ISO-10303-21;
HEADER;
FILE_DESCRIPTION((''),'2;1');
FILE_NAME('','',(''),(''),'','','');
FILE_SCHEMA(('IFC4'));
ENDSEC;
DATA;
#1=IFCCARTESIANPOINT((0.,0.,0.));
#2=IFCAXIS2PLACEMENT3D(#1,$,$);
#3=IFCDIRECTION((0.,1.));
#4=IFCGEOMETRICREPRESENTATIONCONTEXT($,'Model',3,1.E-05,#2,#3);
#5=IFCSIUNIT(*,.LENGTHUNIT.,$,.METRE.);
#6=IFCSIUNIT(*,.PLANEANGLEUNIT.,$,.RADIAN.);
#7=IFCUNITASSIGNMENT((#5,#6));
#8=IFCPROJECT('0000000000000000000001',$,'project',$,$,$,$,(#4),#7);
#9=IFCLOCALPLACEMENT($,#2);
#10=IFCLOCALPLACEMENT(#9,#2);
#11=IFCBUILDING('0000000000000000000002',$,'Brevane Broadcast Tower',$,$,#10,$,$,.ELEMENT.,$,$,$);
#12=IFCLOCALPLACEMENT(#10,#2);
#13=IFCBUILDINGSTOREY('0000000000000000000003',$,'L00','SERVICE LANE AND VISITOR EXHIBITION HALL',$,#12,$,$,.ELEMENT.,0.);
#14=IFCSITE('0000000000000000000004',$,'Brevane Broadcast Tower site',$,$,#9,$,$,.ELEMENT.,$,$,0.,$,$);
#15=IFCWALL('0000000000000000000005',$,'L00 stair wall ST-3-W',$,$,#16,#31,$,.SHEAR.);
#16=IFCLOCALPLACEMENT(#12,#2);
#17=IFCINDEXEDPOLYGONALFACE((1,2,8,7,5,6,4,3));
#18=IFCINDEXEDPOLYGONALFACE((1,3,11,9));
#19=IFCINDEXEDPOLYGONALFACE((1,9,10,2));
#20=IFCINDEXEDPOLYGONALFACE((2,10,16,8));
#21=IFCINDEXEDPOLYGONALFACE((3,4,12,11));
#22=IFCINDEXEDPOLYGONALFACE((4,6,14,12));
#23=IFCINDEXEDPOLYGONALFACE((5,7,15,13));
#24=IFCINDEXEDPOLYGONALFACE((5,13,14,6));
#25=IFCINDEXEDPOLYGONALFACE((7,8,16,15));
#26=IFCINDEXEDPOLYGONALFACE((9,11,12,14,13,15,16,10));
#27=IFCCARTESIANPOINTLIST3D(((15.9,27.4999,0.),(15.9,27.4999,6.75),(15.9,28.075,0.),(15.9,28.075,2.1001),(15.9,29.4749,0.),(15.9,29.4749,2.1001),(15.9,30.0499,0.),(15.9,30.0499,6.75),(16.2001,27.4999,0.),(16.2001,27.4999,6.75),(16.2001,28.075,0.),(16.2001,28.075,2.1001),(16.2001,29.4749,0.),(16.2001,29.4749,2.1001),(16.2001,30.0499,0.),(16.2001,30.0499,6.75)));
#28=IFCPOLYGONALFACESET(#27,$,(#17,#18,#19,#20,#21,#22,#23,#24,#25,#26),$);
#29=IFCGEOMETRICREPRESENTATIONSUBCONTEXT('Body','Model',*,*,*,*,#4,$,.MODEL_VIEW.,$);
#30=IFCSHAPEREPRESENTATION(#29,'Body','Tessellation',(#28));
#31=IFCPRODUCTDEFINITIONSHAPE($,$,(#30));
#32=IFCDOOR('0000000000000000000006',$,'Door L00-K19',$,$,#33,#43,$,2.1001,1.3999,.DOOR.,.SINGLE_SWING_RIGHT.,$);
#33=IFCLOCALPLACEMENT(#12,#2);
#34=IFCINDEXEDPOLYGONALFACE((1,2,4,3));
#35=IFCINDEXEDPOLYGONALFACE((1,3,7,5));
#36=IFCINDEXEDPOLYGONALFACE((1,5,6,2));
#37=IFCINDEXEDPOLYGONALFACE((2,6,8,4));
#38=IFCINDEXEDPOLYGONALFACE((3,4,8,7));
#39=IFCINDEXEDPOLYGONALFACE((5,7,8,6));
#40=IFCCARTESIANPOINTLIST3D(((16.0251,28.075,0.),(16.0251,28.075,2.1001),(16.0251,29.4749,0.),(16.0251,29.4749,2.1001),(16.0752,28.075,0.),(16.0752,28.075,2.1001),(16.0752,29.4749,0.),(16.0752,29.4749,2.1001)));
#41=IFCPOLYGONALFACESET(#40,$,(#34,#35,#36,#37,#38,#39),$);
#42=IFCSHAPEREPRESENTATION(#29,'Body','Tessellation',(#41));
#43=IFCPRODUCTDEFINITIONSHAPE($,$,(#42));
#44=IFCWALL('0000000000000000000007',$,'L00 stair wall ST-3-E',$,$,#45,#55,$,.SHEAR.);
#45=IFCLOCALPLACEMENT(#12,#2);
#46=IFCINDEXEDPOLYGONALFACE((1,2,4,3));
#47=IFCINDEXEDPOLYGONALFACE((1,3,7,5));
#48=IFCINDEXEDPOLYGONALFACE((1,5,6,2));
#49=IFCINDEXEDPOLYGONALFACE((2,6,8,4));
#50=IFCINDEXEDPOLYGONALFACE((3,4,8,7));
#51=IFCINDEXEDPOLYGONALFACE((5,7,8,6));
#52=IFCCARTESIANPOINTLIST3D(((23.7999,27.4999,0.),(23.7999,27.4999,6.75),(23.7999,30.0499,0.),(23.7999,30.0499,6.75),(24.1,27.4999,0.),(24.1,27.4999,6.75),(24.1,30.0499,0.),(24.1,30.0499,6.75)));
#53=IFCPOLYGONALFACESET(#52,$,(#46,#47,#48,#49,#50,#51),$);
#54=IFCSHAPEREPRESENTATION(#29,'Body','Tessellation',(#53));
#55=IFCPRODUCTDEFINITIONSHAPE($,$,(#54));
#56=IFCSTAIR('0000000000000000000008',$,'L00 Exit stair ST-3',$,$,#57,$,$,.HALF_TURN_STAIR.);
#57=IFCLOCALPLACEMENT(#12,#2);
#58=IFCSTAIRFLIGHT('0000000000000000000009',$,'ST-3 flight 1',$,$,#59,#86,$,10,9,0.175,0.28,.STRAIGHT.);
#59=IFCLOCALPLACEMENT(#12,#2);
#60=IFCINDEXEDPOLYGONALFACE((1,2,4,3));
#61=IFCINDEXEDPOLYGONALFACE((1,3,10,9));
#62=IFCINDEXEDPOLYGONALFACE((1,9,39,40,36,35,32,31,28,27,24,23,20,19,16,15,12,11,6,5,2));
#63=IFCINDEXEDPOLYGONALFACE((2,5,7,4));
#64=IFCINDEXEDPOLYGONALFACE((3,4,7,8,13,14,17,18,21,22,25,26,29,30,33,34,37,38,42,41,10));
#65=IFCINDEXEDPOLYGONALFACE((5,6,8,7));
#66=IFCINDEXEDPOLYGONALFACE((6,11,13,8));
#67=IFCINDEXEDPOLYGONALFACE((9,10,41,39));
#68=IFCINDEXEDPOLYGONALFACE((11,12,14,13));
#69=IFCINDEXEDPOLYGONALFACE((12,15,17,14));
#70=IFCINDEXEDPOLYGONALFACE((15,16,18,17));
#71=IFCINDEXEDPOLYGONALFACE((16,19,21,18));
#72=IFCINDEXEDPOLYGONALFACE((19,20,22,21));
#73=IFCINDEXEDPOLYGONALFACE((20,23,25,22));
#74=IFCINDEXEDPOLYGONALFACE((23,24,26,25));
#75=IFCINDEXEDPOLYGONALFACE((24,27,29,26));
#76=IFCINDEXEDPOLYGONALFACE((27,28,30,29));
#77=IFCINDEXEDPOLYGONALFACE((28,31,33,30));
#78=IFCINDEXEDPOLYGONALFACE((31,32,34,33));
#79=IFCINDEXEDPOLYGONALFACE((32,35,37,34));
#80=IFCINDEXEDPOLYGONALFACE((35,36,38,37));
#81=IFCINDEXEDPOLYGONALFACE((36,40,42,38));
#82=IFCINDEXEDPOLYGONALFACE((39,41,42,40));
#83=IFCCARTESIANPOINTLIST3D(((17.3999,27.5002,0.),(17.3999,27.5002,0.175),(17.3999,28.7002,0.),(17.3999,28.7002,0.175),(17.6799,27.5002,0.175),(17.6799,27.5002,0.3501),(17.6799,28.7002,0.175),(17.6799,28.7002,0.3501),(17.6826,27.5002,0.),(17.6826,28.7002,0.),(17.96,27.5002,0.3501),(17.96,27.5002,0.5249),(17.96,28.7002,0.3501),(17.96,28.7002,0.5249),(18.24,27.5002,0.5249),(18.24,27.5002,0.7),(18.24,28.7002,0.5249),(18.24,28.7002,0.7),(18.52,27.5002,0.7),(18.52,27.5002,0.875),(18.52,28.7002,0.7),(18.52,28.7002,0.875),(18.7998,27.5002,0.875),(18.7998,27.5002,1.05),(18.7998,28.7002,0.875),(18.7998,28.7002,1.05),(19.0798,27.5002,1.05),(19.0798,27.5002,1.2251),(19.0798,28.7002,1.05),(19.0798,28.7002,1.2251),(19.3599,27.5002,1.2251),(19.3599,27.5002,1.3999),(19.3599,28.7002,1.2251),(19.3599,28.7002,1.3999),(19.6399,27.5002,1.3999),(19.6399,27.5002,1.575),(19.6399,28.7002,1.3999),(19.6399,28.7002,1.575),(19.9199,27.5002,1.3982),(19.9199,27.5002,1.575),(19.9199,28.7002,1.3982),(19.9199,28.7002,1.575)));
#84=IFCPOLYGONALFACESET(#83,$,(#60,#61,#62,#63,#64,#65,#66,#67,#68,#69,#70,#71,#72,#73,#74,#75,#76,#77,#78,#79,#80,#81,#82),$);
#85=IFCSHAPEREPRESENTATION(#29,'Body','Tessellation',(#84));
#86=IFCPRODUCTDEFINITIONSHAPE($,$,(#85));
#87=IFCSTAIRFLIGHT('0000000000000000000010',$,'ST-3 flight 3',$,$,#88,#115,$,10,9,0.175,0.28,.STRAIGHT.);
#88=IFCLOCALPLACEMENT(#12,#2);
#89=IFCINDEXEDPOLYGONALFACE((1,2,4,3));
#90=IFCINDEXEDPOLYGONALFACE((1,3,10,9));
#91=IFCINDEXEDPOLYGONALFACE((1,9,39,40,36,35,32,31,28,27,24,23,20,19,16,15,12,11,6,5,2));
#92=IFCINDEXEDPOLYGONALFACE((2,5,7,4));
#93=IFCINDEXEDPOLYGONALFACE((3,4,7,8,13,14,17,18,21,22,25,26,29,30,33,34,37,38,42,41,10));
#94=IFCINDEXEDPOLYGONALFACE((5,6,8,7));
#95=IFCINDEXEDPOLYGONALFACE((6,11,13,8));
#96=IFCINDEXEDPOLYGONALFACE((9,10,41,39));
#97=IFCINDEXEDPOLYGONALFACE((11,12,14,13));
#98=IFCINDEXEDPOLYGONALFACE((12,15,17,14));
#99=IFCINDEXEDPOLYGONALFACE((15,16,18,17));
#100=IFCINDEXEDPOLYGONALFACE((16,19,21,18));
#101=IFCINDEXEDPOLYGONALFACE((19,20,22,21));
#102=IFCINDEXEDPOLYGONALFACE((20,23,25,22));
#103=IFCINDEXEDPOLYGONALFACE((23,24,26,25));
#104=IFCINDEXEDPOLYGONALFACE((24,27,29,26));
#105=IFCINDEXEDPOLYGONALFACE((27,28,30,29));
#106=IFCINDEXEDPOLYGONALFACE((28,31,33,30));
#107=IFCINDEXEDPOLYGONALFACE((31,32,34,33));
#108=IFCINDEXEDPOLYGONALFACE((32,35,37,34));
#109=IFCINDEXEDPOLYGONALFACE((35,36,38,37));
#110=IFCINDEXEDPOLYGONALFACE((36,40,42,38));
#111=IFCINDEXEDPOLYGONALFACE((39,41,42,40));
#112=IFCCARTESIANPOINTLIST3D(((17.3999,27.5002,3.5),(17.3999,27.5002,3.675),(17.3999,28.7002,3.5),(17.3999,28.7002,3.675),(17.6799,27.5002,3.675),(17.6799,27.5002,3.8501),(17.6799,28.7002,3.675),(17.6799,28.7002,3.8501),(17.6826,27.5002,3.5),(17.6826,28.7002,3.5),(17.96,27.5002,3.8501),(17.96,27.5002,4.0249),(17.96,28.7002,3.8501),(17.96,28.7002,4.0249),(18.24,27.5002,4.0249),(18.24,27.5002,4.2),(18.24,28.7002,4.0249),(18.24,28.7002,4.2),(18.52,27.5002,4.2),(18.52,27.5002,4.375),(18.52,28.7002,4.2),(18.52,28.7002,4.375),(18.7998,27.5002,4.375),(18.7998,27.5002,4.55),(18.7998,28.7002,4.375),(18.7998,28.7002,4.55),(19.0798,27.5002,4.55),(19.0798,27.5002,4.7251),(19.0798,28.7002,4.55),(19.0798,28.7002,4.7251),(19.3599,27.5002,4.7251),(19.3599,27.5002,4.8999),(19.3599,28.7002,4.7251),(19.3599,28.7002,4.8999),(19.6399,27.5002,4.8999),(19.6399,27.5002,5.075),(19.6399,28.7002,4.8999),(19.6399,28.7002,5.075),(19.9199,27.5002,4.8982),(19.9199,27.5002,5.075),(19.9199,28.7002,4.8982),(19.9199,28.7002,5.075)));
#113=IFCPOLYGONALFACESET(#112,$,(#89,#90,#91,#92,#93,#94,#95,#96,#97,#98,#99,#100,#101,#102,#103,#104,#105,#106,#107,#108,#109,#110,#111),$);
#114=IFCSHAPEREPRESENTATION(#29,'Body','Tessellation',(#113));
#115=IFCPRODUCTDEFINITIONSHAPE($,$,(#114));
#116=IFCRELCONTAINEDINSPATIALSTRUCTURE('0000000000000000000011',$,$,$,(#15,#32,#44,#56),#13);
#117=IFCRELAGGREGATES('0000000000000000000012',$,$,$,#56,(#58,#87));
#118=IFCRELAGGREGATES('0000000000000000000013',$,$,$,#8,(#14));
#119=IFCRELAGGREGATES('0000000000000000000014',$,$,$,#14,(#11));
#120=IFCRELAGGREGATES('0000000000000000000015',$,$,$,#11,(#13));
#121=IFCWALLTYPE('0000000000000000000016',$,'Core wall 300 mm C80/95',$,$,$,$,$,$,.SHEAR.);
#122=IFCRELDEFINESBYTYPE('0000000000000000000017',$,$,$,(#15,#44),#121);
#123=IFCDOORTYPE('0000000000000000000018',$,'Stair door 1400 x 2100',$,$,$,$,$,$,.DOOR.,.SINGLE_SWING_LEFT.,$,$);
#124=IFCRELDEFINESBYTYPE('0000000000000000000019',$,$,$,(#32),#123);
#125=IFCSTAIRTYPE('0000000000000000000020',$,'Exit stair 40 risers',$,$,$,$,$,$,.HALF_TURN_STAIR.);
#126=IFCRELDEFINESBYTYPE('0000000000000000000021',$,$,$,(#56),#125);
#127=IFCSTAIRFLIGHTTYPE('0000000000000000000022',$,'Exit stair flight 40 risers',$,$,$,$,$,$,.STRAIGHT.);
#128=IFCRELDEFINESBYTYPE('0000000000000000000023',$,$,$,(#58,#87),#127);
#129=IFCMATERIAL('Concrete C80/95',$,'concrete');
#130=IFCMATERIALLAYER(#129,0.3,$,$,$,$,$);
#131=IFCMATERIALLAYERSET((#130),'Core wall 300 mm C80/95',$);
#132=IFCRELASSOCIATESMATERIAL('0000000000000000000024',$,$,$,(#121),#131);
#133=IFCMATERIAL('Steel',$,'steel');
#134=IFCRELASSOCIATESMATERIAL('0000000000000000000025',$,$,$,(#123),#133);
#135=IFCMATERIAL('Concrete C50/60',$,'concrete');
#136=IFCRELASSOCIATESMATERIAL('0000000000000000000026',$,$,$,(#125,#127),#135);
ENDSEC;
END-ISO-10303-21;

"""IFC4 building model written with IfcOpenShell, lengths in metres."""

from ifc_helpers import new_model, si_unit, direction, frame, frame_2d, origin, place, context, subcontext, project, spatial, polyline, rectangle, outline, extrude, material, layer, layer_set, type_object, element, fill, aggregate, save


model = new_model("IFC4")

# Units and contexts
model_context = context("Model", 3, precision=1e-05, world=origin(), true_north=direction((0.0, 1.0)))
body_context = subcontext(model_context, "Body", "Model", "MODEL_VIEW")
ifc_project = project(units=[si_unit("LENGTHUNIT", "METRE"), si_unit("PLANEANGLEUNIT", "RADIAN")], contexts=[model_context])

# Site, building, storey
site_placement = place(None, origin())
site = spatial("IfcSite", under=ifc_project, at=site_placement, Name="Brevane Broadcast Tower site", CompositionType="ELEMENT", RefElevation=0.0)
building_placement = place(site_placement, origin())
building = spatial("IfcBuilding", under=site, at=building_placement, Name="Brevane Broadcast Tower", CompositionType="ELEMENT")
storey_placement = place(building_placement, origin())
storey = spatial("IfcBuildingStorey", under=building, at=storey_placement, Name="L00", Description="SERVICE LANE AND VISITOR EXHIBITION HALL", CompositionType="ELEMENT", Elevation=0.0)

# Shared definitions
ifc_material_1 = material(Name="Concrete C80/95", Category="concrete")

# Shared definitions
ifc_material_2 = material(Name="Steel", Category="steel")

# Shared definitions
ifc_layer_1 = layer(ifc_material_1, 0.3)
ifc_layer_set_1 = layer_set([ifc_layer_1], Name="Core wall 300 mm C80/95")
wall_type_1 = type_object("IfcWallType", Name="Core wall 300 mm C80/95", PredefinedType="SHEAR", material=ifc_layer_set_1)

# Wall, opening, door
wall_1_placement = place(storey_placement, frame((16.05, 27.5, 0.0), z_axis=(0.0, 0.0, 1.0), x_axis=(0.0, 1.0, 0.0)))
wall_1 = element("IfcWall", 1, at=wall_1_placement, inside=storey, type_object=wall_type_1, Name="L00 stair wall ST-3-W", PredefinedType="SHEAR", context=body_context, shape_type="SweptSolid", body=[
    extrude(rectangle(XDim=2.55, YDim=0.3, at=frame_2d((1.2749, 0.0))), origin(), (0.0, 0.0, 1.0), 6.75),
])
opening_1_placement = place(wall_1_placement, frame((0.575, 0.0, 0.0)))
opening_1 = element("IfcOpeningElement", 2, at=opening_1_placement, cuts=wall_1, PredefinedType="OPENING", context=body_context, shape_type="SweptSolid", body=[
    extrude(rectangle(XDim=1.3999, YDim=2.1001, at=frame_2d((0.7, 1.05))), frame((0.0, 0.1599, 0.0), z_axis=(0.0, -1.0, 0.0), x_axis=(1.0, 0.0, 0.0)), (0.0, 0.0, 1.0), 0.3201),
])
door_type_1 = type_object("IfcDoorType", Name="Stair door 1400 x 2100", OperationType="SINGLE_SWING_LEFT", PredefinedType="DOOR", material=ifc_material_2)
door_1_placement = place(opening_1_placement, origin())
door_1 = element("IfcDoor", 3, at=door_1_placement, inside=storey, type_object=door_type_1, Name="Door L00-K19", OperationType="SINGLE_SWING_RIGHT", OverallHeight=2.1001, OverallWidth=1.3999, PredefinedType="DOOR", context=body_context, shape_type="SweptSolid", body=[
    extrude(rectangle(XDim=1.3999, YDim=2.1001, at=frame_2d((0.7, 1.05))), frame((0.0, 0.0249, 0.0), z_axis=(0.0, -1.0, 0.0), x_axis=(1.0, 0.0, 0.0)), (0.0, 0.0, 1.0), 0.05),
])
fill(opening_1, door_1)

# Wall
wall_2_placement = place(storey_placement, frame((23.95, 27.5, 0.0), z_axis=(0.0, 0.0, 1.0), x_axis=(0.0, 1.0, 0.0)))
element("IfcWall", 4, at=wall_2_placement, inside=storey, type_object=wall_type_1, Name="L00 stair wall ST-3-E", PredefinedType="SHEAR", context=body_context, shape_type="SweptSolid", body=[
    extrude(rectangle(XDim=2.55, YDim=0.3, at=frame_2d((1.2749, 0.0))), origin(), (0.0, 0.0, 1.0), 6.75),
])

# Stair, stair flights
ifc_material_3 = material(Name="Concrete C50/60", Category="concrete")
stair_type = type_object("IfcStairType", Name="Exit stair 40 risers", PredefinedType="HALF_TURN_STAIR", material=ifc_material_3)
stair_placement = place(storey_placement, origin())
stair = element("IfcStair", 5, at=stair_placement, inside=storey, type_object=stair_type, Name="L00 Exit stair ST-3", PredefinedType="HALF_TURN_STAIR")
stair_flight_type = type_object("IfcStairFlightType", Name="Exit stair flight 40 risers", PredefinedType="STRAIGHT", material=ifc_material_3)
stair_flight_1_placement = place(storey_placement, frame((17.3999, 28.1001, 0.0), z_axis=(0.0, 0.0, 1.0), x_axis=(1.0, 0.0, 0.0)))
stair_flight_1 = element("IfcStairFlight", 6, at=stair_flight_1_placement, type_object=stair_flight_type, Name="ST-3 flight 1", NumberOfRisers=10, NumberOfTreads=9, PredefinedType="STRAIGHT", RiserHeight=0.175, TreadLength=0.28, context=body_context, shape_type="SweptSolid", body=[
    extrude(outline(polyline([(0.0, 0.0), (0.0, 0.175), (0.28, 0.175), (0.28, 0.3501), (0.5601, 0.3501), (0.5601, 0.5249), (0.8401, 0.5249), (0.8401, 0.7), (1.1201, 0.7), (1.1201, 0.875), (1.3999, 0.875), (1.3999, 1.05), (1.6799, 1.05), (1.6799, 1.2251), (1.96, 1.2251), (1.96, 1.3999), (2.24, 1.3999), (2.24, 1.575), (2.52, 1.575), (2.52, 1.75), (2.52, 1.3982), (0.2827, 0.0), (0.0, 0.0)])), frame((0.0, 0.6001, 0.0), z_axis=(0.0, -1.0, 0.0), x_axis=(1.0, 0.0, 0.0)), (0.0, 0.0, 1.0), 1.2),
])
stair_flight_2_placement = place(storey_placement, frame((17.3999, 28.1001, 3.5), z_axis=(0.0, 0.0, 1.0), x_axis=(1.0, 0.0, 0.0)))
stair_flight_2 = element("IfcStairFlight", 7, at=stair_flight_2_placement, type_object=stair_flight_type, Name="ST-3 flight 3", NumberOfRisers=10, NumberOfTreads=9, PredefinedType="STRAIGHT", RiserHeight=0.175, TreadLength=0.28, context=body_context, shape_type="SweptSolid", body=[
    extrude(outline(polyline([(0.0, 0.0), (0.0, 0.175), (0.28, 0.175), (0.28, 0.3501), (0.5601, 0.3501), (0.5601, 0.5249), (0.8401, 0.5249), (0.8401, 0.7), (1.1201, 0.7), (1.1201, 0.875), (1.3999, 0.875), (1.3999, 1.05), (1.6799, 1.05), (1.6799, 1.2251), (1.96, 1.2251), (1.96, 1.3999), (2.24, 1.3999), (2.24, 1.575), (2.52, 1.575), (2.52, 1.75), (2.52, 1.3982), (0.2827, 0.0), (0.0, 0.0)])), frame((0.0, 0.6001, 0.0), z_axis=(0.0, -1.0, 0.0), x_axis=(1.0, 0.0, 0.0)), (0.0, 0.0, 1.0), 1.2),
])
aggregate(stair, [stair_flight_1, stair_flight_2])

save(model, "model.ifc")
